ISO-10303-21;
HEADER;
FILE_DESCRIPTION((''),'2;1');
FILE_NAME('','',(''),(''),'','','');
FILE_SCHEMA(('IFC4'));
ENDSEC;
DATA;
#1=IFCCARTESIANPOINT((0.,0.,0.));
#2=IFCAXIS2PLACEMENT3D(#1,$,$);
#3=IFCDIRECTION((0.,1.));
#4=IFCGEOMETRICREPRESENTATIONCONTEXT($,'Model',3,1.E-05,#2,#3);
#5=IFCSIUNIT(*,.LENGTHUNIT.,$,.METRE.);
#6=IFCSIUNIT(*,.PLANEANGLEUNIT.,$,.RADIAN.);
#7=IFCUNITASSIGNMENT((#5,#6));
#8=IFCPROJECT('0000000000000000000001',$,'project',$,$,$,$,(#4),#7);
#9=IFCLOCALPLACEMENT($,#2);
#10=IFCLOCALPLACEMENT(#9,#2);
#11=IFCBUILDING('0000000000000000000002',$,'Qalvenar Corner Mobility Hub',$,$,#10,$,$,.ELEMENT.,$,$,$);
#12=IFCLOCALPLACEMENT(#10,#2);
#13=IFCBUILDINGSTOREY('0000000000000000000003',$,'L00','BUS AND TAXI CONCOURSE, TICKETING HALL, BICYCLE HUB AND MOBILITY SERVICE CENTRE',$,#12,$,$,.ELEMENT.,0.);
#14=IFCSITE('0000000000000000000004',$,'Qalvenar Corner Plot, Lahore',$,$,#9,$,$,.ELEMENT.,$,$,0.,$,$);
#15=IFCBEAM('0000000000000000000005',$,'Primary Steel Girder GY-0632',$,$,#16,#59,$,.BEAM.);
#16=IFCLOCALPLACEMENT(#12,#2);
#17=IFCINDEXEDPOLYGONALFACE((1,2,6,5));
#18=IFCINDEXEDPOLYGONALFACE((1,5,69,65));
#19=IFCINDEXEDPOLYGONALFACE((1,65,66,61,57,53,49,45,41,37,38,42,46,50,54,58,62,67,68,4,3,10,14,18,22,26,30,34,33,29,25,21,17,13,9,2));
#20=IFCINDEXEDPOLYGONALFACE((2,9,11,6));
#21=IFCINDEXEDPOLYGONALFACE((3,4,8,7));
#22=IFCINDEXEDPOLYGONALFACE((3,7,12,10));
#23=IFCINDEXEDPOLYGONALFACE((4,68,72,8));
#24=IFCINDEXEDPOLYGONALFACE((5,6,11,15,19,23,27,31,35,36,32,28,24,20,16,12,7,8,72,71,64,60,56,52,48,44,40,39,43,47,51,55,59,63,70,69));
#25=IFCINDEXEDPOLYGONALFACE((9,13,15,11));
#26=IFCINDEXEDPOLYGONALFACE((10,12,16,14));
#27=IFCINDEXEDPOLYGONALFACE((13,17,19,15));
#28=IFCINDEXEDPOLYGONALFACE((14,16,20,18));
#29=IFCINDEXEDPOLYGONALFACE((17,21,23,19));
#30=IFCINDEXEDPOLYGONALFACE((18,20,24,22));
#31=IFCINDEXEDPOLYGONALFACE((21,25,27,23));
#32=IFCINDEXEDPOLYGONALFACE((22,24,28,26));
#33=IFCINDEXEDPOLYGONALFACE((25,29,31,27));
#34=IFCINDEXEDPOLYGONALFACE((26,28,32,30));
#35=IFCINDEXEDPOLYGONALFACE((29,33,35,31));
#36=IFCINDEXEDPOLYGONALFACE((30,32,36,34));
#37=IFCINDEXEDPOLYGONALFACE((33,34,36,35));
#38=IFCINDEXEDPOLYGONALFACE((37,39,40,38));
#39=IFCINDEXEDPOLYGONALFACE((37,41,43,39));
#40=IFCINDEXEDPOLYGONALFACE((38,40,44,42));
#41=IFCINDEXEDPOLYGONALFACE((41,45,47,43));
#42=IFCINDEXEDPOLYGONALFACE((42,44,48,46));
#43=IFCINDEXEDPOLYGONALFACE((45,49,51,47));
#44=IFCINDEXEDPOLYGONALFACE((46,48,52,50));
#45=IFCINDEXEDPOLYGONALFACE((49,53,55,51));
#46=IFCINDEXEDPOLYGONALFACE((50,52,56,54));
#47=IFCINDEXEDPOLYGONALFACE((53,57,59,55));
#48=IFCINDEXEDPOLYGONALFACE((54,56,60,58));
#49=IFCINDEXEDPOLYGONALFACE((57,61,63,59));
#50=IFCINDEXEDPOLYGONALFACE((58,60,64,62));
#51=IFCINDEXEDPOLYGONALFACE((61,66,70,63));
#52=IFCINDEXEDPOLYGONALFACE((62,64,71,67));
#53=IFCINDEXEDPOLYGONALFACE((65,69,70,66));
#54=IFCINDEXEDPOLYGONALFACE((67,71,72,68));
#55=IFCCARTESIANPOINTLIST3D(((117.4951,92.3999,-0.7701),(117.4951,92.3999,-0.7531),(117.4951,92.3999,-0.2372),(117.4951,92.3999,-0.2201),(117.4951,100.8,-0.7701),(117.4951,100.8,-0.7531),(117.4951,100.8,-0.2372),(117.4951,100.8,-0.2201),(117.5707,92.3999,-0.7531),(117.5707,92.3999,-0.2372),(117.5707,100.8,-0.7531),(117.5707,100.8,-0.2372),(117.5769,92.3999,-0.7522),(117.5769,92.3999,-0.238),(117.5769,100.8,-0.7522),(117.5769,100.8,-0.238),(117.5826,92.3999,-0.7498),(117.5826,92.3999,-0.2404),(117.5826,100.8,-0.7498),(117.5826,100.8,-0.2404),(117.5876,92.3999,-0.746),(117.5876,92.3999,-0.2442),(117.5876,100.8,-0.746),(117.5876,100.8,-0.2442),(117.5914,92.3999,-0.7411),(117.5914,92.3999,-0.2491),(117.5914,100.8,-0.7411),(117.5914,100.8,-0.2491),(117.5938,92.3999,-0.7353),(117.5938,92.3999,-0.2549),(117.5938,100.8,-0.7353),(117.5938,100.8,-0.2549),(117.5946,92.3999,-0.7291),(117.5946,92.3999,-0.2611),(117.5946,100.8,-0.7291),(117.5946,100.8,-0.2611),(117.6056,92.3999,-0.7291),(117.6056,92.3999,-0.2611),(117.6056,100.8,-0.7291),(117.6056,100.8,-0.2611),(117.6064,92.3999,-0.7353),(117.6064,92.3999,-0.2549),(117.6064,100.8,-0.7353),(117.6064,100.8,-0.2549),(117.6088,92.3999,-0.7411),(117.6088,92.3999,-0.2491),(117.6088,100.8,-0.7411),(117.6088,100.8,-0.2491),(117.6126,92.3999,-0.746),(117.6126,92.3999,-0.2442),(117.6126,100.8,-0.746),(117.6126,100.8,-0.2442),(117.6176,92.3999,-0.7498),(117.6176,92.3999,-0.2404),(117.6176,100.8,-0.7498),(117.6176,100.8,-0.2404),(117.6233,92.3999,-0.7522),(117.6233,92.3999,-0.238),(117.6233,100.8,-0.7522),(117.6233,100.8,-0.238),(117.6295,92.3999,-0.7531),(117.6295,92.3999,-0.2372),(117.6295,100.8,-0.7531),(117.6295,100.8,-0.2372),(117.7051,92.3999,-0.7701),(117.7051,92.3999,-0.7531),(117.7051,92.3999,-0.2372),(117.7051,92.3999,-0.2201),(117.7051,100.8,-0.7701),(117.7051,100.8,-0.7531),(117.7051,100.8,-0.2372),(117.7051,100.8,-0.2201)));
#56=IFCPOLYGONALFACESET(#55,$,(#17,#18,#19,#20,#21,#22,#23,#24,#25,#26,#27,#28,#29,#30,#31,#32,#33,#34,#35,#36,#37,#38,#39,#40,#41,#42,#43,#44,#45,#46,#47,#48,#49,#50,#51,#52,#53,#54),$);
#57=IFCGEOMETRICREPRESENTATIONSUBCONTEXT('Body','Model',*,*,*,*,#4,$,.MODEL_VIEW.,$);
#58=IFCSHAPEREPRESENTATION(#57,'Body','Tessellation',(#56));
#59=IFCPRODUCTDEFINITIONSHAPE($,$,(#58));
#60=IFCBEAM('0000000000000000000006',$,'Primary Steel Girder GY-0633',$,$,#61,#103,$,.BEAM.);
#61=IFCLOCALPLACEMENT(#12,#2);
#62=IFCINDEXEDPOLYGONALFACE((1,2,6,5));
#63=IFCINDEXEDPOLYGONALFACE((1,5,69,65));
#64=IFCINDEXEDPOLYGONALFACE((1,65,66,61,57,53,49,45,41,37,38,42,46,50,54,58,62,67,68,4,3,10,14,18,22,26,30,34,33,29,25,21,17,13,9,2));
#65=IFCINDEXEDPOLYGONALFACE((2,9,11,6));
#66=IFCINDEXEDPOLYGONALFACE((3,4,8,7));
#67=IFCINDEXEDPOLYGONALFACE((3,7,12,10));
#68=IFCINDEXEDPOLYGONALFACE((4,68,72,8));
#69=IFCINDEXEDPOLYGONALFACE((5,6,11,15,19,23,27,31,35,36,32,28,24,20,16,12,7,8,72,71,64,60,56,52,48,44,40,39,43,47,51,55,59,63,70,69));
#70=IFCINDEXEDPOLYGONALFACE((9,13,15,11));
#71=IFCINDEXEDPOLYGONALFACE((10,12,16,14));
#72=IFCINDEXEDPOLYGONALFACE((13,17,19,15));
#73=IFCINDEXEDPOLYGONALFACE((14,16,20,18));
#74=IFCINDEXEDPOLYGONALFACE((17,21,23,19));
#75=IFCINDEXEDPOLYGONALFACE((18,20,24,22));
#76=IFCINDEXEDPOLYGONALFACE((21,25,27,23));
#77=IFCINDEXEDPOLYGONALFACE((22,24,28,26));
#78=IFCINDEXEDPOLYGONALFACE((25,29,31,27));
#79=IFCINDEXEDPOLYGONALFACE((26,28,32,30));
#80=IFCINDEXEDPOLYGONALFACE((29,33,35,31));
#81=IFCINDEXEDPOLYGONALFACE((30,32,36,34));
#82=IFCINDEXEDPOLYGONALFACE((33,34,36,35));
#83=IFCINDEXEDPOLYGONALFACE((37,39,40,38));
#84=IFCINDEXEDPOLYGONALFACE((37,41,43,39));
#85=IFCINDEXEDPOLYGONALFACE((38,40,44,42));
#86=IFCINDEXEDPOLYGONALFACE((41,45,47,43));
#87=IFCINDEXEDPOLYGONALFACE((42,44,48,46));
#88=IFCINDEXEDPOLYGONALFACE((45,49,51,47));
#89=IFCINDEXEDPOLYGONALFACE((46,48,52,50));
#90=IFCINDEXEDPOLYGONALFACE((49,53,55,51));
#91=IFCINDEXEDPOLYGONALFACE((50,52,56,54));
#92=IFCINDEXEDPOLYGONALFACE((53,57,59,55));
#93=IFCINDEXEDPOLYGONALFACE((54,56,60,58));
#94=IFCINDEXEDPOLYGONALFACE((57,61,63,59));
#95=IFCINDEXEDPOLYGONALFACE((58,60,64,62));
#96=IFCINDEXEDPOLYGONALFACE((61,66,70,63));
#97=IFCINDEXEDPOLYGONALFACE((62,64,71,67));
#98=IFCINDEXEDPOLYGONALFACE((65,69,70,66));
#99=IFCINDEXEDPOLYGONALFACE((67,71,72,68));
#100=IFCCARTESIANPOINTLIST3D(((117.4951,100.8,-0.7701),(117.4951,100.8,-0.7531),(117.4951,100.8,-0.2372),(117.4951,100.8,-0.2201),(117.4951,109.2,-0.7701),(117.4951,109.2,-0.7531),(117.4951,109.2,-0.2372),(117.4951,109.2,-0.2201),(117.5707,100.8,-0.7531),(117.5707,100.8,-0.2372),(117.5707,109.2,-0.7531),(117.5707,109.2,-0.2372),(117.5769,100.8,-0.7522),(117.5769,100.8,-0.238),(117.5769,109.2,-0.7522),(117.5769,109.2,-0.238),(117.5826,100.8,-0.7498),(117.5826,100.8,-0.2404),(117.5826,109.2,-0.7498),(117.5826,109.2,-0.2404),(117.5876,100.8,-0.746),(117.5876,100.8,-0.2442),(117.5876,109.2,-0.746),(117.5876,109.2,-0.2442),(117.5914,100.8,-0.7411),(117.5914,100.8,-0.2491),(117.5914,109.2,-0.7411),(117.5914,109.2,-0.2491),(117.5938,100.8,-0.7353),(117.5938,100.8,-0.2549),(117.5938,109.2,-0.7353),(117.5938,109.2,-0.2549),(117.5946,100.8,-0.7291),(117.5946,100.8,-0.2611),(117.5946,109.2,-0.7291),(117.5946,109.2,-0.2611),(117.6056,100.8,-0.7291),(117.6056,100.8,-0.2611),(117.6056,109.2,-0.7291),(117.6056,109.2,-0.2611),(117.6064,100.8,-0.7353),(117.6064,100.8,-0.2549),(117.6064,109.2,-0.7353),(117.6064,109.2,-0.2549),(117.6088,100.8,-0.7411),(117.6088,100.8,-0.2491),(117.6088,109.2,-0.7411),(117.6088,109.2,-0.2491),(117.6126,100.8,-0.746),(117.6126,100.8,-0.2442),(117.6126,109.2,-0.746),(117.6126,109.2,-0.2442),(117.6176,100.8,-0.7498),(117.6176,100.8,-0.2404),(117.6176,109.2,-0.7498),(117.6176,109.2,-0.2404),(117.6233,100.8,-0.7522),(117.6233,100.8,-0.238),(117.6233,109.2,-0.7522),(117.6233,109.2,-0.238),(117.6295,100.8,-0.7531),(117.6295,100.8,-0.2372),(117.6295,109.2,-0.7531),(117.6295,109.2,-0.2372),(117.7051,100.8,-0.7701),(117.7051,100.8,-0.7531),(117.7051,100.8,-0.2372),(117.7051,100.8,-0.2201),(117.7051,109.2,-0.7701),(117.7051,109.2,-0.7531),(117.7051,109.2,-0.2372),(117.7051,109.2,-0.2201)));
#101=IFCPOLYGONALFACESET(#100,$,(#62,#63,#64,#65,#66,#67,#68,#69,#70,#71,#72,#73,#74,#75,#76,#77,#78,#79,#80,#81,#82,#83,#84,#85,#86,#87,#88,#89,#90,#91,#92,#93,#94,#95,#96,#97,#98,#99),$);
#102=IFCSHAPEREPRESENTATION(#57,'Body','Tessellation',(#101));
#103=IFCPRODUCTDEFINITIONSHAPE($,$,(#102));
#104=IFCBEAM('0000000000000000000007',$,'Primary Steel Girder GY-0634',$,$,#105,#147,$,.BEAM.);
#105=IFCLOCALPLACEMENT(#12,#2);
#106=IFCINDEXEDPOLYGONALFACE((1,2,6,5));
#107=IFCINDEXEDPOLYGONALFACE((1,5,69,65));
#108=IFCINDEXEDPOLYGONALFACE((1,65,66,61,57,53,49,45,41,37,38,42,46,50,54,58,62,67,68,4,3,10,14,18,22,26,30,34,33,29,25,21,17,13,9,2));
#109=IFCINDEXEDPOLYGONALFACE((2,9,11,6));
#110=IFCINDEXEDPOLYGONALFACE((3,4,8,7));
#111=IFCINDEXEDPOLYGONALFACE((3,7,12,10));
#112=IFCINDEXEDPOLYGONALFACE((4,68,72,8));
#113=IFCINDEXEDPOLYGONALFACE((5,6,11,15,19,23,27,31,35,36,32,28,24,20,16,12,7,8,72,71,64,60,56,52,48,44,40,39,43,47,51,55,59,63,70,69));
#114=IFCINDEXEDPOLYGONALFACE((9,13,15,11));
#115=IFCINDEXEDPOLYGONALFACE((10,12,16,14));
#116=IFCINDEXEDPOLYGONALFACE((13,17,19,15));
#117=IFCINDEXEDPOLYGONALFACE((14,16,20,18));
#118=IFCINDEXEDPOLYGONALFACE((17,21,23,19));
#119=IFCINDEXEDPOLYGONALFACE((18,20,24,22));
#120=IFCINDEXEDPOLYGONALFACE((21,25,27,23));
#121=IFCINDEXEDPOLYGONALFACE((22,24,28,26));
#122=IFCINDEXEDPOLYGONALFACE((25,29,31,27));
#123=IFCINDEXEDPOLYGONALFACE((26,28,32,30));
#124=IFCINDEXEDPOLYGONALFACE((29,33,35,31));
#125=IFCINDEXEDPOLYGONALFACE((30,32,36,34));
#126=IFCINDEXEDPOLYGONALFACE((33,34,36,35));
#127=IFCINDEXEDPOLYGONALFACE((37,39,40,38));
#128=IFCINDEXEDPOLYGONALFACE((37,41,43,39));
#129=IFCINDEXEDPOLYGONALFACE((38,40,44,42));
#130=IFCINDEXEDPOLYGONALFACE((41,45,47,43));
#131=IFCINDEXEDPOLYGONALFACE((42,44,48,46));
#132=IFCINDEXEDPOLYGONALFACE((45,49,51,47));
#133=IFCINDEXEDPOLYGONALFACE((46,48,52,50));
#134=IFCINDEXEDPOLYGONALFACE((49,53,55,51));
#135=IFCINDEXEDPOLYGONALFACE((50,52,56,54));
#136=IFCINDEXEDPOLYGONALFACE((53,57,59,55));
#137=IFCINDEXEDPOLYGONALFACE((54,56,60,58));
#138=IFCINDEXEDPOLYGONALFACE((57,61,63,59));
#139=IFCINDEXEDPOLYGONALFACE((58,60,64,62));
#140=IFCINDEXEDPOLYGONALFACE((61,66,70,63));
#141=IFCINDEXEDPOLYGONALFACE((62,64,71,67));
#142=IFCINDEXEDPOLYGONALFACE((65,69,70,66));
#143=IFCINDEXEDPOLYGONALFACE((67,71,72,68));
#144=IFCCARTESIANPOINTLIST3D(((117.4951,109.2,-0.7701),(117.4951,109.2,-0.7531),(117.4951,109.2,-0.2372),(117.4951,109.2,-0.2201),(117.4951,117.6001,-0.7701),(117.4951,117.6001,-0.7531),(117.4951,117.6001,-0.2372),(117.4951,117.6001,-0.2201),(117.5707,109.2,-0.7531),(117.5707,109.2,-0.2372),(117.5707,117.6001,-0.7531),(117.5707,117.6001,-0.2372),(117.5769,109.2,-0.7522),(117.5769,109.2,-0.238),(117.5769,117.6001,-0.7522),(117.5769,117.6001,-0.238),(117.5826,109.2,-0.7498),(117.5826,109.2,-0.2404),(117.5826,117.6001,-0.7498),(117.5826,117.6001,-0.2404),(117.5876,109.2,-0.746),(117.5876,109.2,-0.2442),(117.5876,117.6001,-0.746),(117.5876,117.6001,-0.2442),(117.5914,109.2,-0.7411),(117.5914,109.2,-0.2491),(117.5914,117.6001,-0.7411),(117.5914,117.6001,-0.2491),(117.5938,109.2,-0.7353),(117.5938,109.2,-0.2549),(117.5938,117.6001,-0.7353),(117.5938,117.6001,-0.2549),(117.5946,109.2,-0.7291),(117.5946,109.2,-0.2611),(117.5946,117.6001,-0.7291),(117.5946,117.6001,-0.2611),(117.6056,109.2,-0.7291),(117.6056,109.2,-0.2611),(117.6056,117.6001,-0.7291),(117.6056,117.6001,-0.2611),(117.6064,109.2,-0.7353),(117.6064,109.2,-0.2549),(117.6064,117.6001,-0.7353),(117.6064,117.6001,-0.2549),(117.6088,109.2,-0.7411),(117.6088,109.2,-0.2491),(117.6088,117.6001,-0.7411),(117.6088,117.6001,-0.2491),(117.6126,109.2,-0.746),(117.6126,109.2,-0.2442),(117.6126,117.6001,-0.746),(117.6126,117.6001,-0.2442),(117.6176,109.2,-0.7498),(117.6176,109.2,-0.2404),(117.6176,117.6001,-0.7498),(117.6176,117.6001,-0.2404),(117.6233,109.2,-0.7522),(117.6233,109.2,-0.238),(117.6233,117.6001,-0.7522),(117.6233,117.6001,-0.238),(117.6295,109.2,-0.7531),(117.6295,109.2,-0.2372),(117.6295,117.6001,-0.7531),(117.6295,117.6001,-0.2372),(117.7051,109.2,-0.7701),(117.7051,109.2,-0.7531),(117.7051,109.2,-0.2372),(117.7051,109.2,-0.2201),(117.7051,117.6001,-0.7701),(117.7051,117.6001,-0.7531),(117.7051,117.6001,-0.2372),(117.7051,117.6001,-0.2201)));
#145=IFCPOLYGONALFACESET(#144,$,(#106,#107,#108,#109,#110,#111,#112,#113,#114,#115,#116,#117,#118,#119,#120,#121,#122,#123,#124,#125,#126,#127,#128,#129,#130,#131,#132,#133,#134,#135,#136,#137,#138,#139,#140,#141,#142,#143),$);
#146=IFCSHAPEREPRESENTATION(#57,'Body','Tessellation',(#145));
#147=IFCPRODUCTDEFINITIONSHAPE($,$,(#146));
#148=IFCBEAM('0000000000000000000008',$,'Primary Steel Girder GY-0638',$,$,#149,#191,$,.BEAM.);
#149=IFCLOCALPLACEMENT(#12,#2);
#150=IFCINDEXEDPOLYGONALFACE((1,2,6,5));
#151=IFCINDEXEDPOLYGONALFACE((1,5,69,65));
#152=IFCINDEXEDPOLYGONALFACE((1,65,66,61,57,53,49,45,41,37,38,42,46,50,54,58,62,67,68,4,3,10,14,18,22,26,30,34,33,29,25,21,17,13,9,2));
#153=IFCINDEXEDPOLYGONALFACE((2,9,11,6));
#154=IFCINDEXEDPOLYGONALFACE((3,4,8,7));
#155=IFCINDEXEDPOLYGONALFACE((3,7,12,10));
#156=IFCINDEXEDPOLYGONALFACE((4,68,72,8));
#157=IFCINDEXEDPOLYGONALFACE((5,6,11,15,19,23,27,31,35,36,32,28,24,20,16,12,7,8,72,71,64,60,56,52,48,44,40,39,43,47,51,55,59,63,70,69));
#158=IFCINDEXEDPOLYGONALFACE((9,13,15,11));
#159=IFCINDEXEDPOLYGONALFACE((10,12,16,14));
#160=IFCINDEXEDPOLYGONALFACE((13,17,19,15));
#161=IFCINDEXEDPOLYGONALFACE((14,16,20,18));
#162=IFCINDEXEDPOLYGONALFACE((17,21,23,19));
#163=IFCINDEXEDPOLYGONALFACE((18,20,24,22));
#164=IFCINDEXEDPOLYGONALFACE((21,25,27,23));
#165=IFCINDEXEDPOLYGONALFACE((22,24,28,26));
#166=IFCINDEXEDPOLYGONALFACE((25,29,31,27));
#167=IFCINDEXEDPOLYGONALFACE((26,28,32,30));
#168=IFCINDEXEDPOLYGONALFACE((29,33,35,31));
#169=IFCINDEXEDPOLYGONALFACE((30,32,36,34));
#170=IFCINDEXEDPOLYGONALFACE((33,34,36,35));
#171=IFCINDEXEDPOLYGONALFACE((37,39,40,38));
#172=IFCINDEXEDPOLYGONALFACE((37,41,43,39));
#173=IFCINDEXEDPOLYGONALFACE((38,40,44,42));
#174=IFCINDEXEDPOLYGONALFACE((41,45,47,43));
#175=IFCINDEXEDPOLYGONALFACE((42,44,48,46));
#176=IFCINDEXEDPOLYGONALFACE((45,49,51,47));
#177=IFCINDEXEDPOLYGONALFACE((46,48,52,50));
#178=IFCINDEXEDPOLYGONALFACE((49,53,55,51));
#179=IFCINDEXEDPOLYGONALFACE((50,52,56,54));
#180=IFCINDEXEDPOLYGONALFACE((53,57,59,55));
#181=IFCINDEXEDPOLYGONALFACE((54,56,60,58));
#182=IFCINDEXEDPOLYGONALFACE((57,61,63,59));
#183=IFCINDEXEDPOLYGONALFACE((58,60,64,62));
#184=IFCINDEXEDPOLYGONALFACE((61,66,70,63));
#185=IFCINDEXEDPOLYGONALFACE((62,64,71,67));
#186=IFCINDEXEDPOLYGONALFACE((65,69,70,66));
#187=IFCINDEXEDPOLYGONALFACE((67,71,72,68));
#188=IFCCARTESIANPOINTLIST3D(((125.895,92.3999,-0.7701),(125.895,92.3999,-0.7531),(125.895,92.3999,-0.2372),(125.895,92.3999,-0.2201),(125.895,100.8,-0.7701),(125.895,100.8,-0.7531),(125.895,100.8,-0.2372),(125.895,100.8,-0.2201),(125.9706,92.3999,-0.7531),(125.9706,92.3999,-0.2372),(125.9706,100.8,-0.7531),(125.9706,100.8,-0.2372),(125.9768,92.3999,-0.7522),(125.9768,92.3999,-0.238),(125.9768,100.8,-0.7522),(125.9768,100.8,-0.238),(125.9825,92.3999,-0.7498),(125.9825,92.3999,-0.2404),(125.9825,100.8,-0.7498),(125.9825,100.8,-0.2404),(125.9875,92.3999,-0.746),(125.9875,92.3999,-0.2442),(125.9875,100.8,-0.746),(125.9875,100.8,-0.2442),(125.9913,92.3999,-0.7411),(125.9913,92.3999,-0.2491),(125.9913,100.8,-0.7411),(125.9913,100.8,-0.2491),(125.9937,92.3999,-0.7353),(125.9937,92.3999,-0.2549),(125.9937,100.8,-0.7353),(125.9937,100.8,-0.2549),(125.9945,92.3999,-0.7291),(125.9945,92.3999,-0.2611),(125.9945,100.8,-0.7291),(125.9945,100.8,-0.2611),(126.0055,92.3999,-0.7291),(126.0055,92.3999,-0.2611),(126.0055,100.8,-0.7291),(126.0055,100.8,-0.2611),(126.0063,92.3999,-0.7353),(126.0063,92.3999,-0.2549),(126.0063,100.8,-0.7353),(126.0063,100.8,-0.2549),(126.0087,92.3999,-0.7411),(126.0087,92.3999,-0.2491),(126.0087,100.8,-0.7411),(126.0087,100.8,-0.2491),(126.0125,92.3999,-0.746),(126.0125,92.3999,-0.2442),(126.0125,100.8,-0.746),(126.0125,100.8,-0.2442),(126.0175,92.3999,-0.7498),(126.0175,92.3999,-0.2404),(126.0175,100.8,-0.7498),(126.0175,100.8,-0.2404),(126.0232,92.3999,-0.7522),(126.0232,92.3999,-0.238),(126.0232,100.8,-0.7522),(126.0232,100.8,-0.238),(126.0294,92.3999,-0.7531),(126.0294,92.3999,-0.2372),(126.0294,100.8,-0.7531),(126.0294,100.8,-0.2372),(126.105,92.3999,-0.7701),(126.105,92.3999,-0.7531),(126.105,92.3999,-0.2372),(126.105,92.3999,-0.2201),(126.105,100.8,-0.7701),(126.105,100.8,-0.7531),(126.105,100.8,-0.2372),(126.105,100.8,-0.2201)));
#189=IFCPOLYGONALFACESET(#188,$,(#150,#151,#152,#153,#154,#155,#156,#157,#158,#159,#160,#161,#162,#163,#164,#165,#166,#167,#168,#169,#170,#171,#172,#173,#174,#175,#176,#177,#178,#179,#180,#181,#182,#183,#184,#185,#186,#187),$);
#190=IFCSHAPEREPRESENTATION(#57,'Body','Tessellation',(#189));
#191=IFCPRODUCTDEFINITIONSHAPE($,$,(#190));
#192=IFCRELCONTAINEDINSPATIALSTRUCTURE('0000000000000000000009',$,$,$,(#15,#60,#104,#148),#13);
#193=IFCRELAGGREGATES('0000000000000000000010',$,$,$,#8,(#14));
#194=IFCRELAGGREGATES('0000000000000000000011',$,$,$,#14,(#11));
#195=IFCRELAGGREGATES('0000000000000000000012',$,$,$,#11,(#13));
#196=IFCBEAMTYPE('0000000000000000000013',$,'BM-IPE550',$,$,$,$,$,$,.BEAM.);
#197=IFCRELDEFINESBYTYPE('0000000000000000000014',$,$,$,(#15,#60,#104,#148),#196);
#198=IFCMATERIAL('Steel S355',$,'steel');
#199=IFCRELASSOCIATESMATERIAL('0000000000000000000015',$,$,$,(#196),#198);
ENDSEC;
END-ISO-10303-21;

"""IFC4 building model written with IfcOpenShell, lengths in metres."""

from ifc_helpers import new_model, si_unit, direction, frame, origin, origin_2d, place, context, subcontext, project, spatial, i_section, extrude, material, material_profile, profile_set, type_object, element, save


model = new_model("IFC4")

# Units and contexts
model_context = context("Model", 3, precision=1e-05, world=origin(), true_north=direction((0.0, 1.0)))
body_context = subcontext(model_context, "Body", "Model", "MODEL_VIEW")
ifc_project = project(units=[si_unit("LENGTHUNIT", "METRE"), si_unit("PLANEANGLEUNIT", "RADIAN")], contexts=[model_context])

# Site, building, storey
site_placement = place(None, origin())
site = spatial("IfcSite", under=ifc_project, at=site_placement, Name="Qalvenar Corner Plot, Lahore", CompositionType="ELEMENT", RefElevation=0.0)
building_placement = place(site_placement, origin())
building = spatial("IfcBuilding", under=site, at=building_placement, Name="Qalvenar Corner Mobility Hub", CompositionType="ELEMENT")
storey_placement = place(building_placement, origin())
storey = spatial("IfcBuildingStorey", under=building, at=storey_placement, Name="L00", Description="BUS AND TAXI CONCOURSE, TICKETING HALL, BICYCLE HUB AND MOBILITY SERVICE CENTRE", CompositionType="ELEMENT", Elevation=0.0)

# Shared definitions
ifc_material = material(Name="Steel S355", Category="steel")

# Beams
ifc_material_profile_1 = material_profile(ifc_material, i_section(OverallWidth=0.21, OverallDepth=0.55, WebThickness=0.011, FlangeThickness=0.0171, FilletRadius=0.0239, at=origin_2d()), Name="IPE550")
ifc_profile_set_1 = profile_set([ifc_material_profile_1], Name="Steel S355")
beam_type_1 = type_object("IfcBeamType", Name="BM-IPE550", PredefinedType="BEAM", material=ifc_profile_set_1)
beam_1_placement = place(storey_placement, frame((117.6001, 92.3999, -0.4951), z_axis=(0.0, 1.0, 0.0), x_axis=(-1.0, 0.0, 0.0)))
element("IfcBeam", 1, at=beam_1_placement, inside=storey, type_object=beam_type_1, Name="Primary Steel Girder GY-0632", PredefinedType="BEAM", context=body_context, shape_type="SweptSolid", body=[
    extrude(i_section(OverallWidth=0.21, OverallDepth=0.55, WebThickness=0.011, FlangeThickness=0.0171, FilletRadius=0.0239, at=origin_2d()), origin(), (0.0, 0.0, 1.0), 8.4001),
])
beam_2_placement = place(storey_placement, frame((117.6001, 100.8, -0.4951), z_axis=(0.0, 1.0, 0.0), x_axis=(-1.0, 0.0, 0.0)))
element("IfcBeam", 2, at=beam_2_placement, inside=storey, type_object=beam_type_1, Name="Primary Steel Girder GY-0633", PredefinedType="BEAM", context=body_context, shape_type="SweptSolid", body=[
    extrude(i_section(OverallWidth=0.21, OverallDepth=0.55, WebThickness=0.011, FlangeThickness=0.0171, FilletRadius=0.0239, at=origin_2d()), origin(), (0.0, 0.0, 1.0), 8.3999),
])
for number, where, z_axis, x_axis, name in (
    (3, (117.6001, 109.2, -0.4951), (0.0, 1.0, 0.0), (-1.0, 0.0, 0.0), "Primary Steel Girder GY-0634"),
    (4, (126.0, 92.3999, -0.4951), (0.0, 1.0, 0.0), (-1.0, 0.0, 0.0), "Primary Steel Girder GY-0638"),
):
    element("IfcBeam", number, at=place(storey_placement, frame(where, z_axis=z_axis, x_axis=x_axis)), inside=storey, type_object=beam_type_1, Name=name, PredefinedType="BEAM", context=body_context, shape_type="SweptSolid", body=[
        extrude(i_section(OverallWidth=0.21, OverallDepth=0.55, WebThickness=0.011, FlangeThickness=0.0171, FilletRadius=0.0239, at=origin_2d()), origin(), (0.0, 0.0, 1.0), 8.4001),
    ])

save(model, "model.ifc")
